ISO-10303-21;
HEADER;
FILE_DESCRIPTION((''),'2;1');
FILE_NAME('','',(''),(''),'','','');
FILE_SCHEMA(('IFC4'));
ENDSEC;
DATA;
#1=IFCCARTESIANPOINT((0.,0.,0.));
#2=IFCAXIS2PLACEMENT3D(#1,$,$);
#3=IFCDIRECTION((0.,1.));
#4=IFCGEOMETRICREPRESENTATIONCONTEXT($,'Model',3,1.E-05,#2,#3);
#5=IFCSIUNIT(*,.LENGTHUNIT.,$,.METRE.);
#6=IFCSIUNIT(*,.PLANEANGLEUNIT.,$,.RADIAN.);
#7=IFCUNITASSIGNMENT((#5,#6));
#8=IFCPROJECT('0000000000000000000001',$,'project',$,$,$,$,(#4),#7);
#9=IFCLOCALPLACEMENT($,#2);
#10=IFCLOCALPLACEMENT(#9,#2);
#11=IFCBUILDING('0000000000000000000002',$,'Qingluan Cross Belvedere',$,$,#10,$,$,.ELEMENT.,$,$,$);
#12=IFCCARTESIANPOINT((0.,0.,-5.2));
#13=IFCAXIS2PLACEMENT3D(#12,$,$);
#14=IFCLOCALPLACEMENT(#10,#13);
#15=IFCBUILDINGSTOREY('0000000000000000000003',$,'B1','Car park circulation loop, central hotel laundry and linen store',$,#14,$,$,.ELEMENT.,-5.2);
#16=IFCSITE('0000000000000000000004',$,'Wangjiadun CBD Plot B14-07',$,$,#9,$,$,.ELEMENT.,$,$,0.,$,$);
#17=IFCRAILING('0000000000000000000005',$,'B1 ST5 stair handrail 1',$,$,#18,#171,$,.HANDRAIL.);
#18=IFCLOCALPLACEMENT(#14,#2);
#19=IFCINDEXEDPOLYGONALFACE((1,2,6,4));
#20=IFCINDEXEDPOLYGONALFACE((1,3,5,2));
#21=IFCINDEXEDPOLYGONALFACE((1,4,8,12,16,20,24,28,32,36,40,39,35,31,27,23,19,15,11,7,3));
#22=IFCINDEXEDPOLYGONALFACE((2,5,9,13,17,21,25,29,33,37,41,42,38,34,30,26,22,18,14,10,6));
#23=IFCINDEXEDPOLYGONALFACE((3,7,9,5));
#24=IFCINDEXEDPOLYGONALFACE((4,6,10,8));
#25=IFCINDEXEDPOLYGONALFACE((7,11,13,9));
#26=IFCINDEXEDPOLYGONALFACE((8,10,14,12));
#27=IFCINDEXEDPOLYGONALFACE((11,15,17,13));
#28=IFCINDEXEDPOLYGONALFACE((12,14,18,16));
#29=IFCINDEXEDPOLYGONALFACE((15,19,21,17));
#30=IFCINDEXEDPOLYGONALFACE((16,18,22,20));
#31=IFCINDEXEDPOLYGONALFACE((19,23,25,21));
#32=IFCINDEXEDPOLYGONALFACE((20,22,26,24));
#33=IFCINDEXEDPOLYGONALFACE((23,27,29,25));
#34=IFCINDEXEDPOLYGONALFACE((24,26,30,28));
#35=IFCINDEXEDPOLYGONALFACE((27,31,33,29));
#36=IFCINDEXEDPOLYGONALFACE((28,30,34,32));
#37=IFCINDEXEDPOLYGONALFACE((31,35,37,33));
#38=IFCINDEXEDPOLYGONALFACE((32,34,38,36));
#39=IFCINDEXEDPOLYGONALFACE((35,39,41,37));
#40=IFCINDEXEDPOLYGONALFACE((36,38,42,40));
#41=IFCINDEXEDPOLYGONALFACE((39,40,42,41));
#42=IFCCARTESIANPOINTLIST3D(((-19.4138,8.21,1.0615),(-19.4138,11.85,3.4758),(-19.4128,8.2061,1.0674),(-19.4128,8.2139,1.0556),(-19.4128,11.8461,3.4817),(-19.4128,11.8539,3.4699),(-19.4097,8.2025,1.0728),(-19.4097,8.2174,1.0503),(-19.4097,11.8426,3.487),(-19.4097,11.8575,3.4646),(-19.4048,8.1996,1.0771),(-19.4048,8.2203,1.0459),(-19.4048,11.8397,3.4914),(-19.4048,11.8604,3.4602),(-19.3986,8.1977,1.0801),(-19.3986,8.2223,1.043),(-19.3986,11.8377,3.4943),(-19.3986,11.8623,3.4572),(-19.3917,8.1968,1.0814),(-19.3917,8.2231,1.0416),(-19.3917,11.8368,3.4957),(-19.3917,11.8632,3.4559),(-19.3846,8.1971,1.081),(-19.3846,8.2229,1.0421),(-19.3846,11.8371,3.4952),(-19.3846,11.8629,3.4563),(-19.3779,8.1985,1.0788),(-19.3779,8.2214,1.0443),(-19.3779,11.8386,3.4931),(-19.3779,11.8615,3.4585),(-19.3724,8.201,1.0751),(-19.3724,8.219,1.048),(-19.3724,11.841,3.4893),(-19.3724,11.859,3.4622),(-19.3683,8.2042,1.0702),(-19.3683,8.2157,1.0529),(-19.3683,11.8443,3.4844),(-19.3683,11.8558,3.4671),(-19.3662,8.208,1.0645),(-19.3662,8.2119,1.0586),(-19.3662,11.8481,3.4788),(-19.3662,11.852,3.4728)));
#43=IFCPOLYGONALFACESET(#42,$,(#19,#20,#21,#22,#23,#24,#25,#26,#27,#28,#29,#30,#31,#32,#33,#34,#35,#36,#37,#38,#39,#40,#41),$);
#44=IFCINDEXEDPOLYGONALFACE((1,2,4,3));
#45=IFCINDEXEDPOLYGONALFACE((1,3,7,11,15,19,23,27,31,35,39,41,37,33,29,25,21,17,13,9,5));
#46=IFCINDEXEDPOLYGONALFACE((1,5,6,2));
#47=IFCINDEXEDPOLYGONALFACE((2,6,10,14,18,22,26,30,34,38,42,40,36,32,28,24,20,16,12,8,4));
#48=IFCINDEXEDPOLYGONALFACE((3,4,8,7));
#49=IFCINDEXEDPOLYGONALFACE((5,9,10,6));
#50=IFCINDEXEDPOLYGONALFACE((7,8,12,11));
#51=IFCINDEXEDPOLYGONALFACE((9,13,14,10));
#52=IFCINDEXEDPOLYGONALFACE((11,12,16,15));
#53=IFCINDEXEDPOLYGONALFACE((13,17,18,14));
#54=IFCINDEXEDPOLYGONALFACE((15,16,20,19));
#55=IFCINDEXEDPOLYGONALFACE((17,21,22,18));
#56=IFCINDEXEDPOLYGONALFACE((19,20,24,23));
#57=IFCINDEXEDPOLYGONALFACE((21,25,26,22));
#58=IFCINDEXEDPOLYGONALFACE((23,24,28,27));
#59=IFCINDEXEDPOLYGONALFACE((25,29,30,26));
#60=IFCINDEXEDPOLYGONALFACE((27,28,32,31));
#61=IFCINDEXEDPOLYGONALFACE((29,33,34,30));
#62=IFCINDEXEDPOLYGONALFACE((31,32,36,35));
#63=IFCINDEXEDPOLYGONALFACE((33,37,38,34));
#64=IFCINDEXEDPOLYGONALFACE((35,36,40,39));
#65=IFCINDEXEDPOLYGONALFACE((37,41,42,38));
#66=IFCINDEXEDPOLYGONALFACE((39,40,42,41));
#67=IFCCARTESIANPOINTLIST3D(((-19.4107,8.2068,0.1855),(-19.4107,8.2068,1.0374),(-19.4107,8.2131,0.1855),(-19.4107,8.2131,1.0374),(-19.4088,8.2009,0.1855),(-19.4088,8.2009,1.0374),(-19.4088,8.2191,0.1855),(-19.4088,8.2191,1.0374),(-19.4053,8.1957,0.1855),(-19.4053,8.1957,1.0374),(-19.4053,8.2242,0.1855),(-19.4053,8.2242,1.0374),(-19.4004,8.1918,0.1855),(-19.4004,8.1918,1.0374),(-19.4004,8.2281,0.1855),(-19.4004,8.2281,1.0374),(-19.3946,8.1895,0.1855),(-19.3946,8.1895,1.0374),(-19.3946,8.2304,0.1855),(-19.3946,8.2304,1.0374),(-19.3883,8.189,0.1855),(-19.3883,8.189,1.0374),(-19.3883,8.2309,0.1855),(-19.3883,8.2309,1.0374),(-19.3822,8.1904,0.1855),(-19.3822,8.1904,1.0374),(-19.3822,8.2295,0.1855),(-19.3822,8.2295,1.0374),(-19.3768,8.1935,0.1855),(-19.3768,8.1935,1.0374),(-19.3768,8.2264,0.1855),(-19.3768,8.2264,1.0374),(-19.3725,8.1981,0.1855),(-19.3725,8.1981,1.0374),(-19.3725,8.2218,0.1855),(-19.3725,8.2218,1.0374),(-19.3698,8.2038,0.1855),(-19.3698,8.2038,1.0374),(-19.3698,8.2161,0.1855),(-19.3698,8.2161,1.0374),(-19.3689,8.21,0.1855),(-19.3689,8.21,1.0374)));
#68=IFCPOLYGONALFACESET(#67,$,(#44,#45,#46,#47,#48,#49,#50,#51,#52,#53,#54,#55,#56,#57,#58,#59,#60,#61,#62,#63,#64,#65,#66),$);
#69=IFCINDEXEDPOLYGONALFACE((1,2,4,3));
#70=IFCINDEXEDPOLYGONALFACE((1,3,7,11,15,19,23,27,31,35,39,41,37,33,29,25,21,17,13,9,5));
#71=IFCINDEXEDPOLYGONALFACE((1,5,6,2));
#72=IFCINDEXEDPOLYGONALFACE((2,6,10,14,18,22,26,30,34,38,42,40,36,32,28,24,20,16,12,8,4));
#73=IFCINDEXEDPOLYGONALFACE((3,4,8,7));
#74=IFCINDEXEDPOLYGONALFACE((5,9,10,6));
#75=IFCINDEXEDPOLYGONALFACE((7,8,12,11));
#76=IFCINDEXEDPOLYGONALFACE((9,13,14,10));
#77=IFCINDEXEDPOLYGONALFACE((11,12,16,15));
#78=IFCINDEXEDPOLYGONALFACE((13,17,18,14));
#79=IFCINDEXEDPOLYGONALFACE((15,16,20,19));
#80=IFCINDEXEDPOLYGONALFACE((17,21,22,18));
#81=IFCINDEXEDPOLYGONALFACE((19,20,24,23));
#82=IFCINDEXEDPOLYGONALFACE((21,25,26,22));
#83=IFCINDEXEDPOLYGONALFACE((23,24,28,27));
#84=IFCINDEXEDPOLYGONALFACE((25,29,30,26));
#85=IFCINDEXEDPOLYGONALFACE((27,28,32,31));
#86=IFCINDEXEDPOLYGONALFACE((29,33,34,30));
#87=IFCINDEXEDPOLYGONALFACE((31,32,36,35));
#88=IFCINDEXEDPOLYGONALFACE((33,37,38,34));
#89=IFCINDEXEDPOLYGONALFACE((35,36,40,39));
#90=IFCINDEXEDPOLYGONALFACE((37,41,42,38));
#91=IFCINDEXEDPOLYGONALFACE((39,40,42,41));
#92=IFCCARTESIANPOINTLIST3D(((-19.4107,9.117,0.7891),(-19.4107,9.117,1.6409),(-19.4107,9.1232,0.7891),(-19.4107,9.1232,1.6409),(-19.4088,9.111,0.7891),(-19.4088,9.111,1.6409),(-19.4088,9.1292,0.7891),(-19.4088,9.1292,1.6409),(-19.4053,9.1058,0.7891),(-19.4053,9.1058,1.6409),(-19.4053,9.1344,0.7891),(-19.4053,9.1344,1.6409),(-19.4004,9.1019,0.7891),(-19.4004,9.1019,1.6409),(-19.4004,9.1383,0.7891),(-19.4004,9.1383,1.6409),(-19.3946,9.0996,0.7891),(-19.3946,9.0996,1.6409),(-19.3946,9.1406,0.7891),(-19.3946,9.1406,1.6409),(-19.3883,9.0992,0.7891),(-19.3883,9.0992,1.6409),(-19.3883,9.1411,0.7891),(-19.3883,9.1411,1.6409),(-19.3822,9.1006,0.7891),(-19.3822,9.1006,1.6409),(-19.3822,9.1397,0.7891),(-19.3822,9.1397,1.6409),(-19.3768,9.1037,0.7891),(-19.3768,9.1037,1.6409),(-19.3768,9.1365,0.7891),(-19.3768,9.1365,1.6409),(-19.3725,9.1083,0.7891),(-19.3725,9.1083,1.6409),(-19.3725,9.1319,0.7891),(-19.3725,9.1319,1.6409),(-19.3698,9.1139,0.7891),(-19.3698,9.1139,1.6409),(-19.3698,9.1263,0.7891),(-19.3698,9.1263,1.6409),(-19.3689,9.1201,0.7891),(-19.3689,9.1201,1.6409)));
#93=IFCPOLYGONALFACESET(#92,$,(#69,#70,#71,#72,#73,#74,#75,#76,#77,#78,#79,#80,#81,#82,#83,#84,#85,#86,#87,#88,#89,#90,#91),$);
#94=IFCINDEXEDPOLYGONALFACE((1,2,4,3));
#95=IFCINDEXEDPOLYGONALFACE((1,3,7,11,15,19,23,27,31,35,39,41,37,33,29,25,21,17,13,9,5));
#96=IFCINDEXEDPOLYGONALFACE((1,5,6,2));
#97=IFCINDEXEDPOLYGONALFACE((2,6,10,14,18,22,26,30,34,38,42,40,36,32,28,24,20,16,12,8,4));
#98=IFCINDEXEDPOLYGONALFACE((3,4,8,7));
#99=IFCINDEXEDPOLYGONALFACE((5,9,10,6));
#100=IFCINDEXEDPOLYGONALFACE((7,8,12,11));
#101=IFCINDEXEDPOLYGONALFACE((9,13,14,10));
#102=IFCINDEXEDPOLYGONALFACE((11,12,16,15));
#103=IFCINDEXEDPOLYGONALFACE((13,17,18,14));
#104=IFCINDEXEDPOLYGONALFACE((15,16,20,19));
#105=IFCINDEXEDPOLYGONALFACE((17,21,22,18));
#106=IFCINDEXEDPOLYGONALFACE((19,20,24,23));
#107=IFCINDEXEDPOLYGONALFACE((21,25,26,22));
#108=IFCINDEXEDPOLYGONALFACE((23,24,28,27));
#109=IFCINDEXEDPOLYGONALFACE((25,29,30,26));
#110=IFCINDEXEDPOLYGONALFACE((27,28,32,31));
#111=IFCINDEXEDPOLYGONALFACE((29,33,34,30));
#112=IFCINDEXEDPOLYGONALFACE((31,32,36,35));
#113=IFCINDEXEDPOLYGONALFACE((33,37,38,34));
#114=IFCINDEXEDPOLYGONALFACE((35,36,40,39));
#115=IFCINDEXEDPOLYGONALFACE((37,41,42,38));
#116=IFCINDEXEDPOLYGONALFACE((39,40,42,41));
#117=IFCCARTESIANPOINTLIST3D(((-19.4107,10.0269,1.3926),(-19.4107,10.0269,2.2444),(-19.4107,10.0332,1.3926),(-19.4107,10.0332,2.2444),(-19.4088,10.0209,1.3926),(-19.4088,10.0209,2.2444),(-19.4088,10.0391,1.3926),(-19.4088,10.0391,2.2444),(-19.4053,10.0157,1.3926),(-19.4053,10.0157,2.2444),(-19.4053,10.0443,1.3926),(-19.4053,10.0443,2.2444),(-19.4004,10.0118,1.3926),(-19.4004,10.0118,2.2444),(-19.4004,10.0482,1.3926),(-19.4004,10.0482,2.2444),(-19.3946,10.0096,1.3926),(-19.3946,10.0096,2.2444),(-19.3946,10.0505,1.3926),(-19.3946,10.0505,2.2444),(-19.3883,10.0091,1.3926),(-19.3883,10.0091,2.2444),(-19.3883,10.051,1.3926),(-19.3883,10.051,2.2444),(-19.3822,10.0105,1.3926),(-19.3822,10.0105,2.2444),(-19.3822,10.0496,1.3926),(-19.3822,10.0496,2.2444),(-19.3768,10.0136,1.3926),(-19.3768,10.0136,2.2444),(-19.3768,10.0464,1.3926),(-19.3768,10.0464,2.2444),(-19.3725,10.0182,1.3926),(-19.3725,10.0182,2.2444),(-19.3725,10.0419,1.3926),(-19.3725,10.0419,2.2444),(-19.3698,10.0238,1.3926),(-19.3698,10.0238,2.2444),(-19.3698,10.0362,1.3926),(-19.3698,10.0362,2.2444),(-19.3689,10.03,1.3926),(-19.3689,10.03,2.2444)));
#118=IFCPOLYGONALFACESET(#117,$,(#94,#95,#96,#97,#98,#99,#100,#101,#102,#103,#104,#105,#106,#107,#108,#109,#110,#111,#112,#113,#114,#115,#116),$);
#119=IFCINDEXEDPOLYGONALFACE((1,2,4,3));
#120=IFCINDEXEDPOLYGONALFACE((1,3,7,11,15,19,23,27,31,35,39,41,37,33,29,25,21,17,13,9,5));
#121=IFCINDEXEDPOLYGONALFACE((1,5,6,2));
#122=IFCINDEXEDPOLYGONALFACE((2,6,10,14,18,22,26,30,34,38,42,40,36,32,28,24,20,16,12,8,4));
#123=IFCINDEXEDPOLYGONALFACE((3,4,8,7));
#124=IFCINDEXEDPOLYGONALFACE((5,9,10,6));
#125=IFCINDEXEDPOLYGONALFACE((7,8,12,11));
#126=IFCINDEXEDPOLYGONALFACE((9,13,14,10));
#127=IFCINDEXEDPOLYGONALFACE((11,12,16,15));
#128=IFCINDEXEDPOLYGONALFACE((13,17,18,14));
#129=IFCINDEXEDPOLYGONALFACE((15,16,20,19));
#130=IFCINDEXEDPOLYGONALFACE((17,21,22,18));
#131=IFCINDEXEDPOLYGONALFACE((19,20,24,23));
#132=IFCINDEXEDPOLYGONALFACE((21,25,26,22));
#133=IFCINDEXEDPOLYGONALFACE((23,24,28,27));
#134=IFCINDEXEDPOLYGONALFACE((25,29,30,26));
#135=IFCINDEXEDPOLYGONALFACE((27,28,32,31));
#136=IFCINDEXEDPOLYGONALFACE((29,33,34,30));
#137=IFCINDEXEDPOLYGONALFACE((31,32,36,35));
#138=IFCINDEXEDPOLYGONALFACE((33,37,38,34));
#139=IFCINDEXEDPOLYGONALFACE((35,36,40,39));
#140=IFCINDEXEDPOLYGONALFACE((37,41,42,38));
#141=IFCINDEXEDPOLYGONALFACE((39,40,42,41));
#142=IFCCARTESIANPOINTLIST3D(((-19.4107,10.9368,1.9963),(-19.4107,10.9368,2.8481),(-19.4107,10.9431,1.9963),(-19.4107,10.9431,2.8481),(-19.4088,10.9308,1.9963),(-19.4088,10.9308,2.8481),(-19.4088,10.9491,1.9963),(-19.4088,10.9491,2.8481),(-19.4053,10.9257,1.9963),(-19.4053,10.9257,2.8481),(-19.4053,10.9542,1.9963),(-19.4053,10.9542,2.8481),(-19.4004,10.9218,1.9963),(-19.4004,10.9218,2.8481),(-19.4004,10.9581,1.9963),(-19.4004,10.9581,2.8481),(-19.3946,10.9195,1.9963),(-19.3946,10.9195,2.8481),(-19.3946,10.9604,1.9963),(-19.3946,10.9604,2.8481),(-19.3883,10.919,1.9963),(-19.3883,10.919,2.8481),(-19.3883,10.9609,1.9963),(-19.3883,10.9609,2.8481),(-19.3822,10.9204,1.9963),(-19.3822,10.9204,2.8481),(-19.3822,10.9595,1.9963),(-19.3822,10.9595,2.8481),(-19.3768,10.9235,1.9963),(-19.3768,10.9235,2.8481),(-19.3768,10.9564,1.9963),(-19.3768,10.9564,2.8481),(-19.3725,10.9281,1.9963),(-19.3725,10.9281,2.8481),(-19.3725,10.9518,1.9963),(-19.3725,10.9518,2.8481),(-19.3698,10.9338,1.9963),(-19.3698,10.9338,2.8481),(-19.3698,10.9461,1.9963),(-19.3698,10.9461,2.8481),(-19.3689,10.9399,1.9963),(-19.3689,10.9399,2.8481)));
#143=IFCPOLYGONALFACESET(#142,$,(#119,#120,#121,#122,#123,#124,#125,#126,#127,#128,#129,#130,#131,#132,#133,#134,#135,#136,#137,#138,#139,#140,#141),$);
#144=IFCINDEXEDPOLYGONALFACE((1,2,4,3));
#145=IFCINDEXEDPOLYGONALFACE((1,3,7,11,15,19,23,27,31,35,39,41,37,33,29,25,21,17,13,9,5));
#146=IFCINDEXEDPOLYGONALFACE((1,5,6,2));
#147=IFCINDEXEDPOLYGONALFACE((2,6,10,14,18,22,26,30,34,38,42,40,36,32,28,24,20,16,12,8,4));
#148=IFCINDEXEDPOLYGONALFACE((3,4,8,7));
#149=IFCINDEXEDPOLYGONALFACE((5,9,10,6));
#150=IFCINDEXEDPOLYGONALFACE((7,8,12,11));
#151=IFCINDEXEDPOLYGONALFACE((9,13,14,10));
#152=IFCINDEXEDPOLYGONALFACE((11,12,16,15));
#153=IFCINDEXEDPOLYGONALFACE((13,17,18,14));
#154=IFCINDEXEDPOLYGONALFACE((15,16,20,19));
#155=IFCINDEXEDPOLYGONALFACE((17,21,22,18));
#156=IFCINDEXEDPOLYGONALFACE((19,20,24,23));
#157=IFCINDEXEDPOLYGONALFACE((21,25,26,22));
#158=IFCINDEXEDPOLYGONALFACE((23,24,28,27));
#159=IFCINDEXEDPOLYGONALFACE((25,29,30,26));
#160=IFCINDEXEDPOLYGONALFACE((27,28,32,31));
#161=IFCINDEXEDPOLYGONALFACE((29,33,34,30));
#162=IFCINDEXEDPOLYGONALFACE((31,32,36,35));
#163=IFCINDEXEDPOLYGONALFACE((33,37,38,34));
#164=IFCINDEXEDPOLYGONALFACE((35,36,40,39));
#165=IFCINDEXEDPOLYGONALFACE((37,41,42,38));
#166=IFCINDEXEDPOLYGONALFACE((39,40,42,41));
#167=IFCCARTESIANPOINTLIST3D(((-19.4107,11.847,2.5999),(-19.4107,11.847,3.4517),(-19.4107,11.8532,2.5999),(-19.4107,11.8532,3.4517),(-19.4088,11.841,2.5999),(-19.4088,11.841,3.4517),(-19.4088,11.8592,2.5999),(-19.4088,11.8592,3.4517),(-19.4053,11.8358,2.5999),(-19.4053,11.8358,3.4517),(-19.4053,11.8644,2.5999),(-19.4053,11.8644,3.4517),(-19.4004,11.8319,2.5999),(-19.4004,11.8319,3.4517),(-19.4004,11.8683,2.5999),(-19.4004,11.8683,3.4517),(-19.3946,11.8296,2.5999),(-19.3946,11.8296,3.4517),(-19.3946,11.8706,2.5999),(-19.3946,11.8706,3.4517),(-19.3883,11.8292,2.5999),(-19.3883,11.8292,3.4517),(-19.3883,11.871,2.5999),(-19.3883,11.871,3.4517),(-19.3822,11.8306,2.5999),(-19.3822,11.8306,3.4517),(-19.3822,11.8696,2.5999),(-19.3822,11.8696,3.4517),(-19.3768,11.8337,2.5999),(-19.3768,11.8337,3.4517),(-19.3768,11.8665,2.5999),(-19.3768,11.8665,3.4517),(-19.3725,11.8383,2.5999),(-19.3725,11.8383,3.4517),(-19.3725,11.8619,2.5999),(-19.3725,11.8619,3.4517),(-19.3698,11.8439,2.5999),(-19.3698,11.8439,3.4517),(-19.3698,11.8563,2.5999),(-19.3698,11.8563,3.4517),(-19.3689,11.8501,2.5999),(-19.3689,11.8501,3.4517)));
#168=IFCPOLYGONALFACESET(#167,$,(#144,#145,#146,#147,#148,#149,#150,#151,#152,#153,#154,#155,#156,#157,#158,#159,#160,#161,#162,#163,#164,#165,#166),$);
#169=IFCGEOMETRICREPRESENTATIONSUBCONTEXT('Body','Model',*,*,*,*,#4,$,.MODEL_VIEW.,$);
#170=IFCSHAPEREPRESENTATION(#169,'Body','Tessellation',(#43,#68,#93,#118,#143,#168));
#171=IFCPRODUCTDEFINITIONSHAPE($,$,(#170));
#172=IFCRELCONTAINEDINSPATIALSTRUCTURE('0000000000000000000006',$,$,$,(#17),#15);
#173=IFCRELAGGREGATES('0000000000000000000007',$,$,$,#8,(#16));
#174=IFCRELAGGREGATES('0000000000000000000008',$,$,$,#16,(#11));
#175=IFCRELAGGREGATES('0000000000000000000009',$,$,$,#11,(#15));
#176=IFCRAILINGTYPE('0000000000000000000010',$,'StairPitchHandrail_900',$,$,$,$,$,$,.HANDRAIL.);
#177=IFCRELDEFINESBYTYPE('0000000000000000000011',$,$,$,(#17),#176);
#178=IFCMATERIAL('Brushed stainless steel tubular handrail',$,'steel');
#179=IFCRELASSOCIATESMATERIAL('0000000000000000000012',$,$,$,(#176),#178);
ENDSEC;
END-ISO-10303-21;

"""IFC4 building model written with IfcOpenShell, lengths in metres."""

from ifc_helpers import new_model, si_unit, direction, frame, origin, origin_2d, place, context, subcontext, project, spatial, circle, extrude, material, type_object, element, save


model = new_model("IFC4")

# Units and contexts
model_context = context("Model", 3, precision=1e-05, world=origin(), true_north=direction((0.0, 1.0)))
body_context = subcontext(model_context, "Body", "Model", "MODEL_VIEW")
ifc_project = project(units=[si_unit("LENGTHUNIT", "METRE"), si_unit("PLANEANGLEUNIT", "RADIAN")], contexts=[model_context])

# Site, building, storey
site_placement = place(None, origin())
site = spatial("IfcSite", under=ifc_project, at=site_placement, Name="Wangjiadun CBD Plot B14-07", CompositionType="ELEMENT", RefElevation=0.0)
building_placement = place(site_placement, origin())
building = spatial("IfcBuilding", under=site, at=building_placement, Name="Qingluan Cross Belvedere", CompositionType="ELEMENT")
storey_placement = place(building_placement, frame((0.0, 0.0, -5.2)))
storey = spatial("IfcBuildingStorey", under=building, at=storey_placement, Name="B1", Description="Car park circulation loop, central hotel laundry and linen store", CompositionType="ELEMENT", Elevation=-5.2)

# Railing
ifc_material_1 = material(Name="Brushed stainless steel tubular handrail", Category="steel")
railing_type_1 = type_object("IfcRailingType", Name="StairPitchHandrail_900", PredefinedType="HANDRAIL", material=ifc_material_1)
railing_1_placement = place(storey_placement, frame((-19.3899, 8.21, 0.1855)))
element("IfcRailing", 1, at=railing_1_placement, inside=storey, type_object=railing_type_1, Name="B1 ST5 stair handrail 1", PredefinedType="HANDRAIL", context=body_context, shape_type="SweptSolid", body=[
    extrude(circle(Radius=0.0239, at=origin_2d()), frame((0.0, 0.0, 0.876), z_axis=(0.0, 0.833364, 0.552725), x_axis=(-1.0, 0.0, 0.0)), (0.0, 0.0, 1.0), 4.3679),
    extrude(circle(Radius=0.021, at=origin_2d()), origin(), (0.0, 0.0, 1.0), 0.8518),
    extrude(circle(Radius=0.021, at=origin_2d()), frame((0.0, 0.9102, 0.6035)), (0.0, 0.0, 1.0), 0.8518),
    extrude(circle(Radius=0.021, at=origin_2d()), frame((0.0, 1.8201, 1.207)), (0.0, 0.0, 1.0), 0.8518),
    extrude(circle(Radius=0.021, at=origin_2d()), frame((0.0, 2.73, 1.8108)), (0.0, 0.0, 1.0), 0.8518),
    extrude(circle(Radius=0.021, at=origin_2d()), frame((0.0, 3.6401, 2.4143)), (0.0, 0.0, 1.0), 0.8518),
])

save(model, "model.ifc")
